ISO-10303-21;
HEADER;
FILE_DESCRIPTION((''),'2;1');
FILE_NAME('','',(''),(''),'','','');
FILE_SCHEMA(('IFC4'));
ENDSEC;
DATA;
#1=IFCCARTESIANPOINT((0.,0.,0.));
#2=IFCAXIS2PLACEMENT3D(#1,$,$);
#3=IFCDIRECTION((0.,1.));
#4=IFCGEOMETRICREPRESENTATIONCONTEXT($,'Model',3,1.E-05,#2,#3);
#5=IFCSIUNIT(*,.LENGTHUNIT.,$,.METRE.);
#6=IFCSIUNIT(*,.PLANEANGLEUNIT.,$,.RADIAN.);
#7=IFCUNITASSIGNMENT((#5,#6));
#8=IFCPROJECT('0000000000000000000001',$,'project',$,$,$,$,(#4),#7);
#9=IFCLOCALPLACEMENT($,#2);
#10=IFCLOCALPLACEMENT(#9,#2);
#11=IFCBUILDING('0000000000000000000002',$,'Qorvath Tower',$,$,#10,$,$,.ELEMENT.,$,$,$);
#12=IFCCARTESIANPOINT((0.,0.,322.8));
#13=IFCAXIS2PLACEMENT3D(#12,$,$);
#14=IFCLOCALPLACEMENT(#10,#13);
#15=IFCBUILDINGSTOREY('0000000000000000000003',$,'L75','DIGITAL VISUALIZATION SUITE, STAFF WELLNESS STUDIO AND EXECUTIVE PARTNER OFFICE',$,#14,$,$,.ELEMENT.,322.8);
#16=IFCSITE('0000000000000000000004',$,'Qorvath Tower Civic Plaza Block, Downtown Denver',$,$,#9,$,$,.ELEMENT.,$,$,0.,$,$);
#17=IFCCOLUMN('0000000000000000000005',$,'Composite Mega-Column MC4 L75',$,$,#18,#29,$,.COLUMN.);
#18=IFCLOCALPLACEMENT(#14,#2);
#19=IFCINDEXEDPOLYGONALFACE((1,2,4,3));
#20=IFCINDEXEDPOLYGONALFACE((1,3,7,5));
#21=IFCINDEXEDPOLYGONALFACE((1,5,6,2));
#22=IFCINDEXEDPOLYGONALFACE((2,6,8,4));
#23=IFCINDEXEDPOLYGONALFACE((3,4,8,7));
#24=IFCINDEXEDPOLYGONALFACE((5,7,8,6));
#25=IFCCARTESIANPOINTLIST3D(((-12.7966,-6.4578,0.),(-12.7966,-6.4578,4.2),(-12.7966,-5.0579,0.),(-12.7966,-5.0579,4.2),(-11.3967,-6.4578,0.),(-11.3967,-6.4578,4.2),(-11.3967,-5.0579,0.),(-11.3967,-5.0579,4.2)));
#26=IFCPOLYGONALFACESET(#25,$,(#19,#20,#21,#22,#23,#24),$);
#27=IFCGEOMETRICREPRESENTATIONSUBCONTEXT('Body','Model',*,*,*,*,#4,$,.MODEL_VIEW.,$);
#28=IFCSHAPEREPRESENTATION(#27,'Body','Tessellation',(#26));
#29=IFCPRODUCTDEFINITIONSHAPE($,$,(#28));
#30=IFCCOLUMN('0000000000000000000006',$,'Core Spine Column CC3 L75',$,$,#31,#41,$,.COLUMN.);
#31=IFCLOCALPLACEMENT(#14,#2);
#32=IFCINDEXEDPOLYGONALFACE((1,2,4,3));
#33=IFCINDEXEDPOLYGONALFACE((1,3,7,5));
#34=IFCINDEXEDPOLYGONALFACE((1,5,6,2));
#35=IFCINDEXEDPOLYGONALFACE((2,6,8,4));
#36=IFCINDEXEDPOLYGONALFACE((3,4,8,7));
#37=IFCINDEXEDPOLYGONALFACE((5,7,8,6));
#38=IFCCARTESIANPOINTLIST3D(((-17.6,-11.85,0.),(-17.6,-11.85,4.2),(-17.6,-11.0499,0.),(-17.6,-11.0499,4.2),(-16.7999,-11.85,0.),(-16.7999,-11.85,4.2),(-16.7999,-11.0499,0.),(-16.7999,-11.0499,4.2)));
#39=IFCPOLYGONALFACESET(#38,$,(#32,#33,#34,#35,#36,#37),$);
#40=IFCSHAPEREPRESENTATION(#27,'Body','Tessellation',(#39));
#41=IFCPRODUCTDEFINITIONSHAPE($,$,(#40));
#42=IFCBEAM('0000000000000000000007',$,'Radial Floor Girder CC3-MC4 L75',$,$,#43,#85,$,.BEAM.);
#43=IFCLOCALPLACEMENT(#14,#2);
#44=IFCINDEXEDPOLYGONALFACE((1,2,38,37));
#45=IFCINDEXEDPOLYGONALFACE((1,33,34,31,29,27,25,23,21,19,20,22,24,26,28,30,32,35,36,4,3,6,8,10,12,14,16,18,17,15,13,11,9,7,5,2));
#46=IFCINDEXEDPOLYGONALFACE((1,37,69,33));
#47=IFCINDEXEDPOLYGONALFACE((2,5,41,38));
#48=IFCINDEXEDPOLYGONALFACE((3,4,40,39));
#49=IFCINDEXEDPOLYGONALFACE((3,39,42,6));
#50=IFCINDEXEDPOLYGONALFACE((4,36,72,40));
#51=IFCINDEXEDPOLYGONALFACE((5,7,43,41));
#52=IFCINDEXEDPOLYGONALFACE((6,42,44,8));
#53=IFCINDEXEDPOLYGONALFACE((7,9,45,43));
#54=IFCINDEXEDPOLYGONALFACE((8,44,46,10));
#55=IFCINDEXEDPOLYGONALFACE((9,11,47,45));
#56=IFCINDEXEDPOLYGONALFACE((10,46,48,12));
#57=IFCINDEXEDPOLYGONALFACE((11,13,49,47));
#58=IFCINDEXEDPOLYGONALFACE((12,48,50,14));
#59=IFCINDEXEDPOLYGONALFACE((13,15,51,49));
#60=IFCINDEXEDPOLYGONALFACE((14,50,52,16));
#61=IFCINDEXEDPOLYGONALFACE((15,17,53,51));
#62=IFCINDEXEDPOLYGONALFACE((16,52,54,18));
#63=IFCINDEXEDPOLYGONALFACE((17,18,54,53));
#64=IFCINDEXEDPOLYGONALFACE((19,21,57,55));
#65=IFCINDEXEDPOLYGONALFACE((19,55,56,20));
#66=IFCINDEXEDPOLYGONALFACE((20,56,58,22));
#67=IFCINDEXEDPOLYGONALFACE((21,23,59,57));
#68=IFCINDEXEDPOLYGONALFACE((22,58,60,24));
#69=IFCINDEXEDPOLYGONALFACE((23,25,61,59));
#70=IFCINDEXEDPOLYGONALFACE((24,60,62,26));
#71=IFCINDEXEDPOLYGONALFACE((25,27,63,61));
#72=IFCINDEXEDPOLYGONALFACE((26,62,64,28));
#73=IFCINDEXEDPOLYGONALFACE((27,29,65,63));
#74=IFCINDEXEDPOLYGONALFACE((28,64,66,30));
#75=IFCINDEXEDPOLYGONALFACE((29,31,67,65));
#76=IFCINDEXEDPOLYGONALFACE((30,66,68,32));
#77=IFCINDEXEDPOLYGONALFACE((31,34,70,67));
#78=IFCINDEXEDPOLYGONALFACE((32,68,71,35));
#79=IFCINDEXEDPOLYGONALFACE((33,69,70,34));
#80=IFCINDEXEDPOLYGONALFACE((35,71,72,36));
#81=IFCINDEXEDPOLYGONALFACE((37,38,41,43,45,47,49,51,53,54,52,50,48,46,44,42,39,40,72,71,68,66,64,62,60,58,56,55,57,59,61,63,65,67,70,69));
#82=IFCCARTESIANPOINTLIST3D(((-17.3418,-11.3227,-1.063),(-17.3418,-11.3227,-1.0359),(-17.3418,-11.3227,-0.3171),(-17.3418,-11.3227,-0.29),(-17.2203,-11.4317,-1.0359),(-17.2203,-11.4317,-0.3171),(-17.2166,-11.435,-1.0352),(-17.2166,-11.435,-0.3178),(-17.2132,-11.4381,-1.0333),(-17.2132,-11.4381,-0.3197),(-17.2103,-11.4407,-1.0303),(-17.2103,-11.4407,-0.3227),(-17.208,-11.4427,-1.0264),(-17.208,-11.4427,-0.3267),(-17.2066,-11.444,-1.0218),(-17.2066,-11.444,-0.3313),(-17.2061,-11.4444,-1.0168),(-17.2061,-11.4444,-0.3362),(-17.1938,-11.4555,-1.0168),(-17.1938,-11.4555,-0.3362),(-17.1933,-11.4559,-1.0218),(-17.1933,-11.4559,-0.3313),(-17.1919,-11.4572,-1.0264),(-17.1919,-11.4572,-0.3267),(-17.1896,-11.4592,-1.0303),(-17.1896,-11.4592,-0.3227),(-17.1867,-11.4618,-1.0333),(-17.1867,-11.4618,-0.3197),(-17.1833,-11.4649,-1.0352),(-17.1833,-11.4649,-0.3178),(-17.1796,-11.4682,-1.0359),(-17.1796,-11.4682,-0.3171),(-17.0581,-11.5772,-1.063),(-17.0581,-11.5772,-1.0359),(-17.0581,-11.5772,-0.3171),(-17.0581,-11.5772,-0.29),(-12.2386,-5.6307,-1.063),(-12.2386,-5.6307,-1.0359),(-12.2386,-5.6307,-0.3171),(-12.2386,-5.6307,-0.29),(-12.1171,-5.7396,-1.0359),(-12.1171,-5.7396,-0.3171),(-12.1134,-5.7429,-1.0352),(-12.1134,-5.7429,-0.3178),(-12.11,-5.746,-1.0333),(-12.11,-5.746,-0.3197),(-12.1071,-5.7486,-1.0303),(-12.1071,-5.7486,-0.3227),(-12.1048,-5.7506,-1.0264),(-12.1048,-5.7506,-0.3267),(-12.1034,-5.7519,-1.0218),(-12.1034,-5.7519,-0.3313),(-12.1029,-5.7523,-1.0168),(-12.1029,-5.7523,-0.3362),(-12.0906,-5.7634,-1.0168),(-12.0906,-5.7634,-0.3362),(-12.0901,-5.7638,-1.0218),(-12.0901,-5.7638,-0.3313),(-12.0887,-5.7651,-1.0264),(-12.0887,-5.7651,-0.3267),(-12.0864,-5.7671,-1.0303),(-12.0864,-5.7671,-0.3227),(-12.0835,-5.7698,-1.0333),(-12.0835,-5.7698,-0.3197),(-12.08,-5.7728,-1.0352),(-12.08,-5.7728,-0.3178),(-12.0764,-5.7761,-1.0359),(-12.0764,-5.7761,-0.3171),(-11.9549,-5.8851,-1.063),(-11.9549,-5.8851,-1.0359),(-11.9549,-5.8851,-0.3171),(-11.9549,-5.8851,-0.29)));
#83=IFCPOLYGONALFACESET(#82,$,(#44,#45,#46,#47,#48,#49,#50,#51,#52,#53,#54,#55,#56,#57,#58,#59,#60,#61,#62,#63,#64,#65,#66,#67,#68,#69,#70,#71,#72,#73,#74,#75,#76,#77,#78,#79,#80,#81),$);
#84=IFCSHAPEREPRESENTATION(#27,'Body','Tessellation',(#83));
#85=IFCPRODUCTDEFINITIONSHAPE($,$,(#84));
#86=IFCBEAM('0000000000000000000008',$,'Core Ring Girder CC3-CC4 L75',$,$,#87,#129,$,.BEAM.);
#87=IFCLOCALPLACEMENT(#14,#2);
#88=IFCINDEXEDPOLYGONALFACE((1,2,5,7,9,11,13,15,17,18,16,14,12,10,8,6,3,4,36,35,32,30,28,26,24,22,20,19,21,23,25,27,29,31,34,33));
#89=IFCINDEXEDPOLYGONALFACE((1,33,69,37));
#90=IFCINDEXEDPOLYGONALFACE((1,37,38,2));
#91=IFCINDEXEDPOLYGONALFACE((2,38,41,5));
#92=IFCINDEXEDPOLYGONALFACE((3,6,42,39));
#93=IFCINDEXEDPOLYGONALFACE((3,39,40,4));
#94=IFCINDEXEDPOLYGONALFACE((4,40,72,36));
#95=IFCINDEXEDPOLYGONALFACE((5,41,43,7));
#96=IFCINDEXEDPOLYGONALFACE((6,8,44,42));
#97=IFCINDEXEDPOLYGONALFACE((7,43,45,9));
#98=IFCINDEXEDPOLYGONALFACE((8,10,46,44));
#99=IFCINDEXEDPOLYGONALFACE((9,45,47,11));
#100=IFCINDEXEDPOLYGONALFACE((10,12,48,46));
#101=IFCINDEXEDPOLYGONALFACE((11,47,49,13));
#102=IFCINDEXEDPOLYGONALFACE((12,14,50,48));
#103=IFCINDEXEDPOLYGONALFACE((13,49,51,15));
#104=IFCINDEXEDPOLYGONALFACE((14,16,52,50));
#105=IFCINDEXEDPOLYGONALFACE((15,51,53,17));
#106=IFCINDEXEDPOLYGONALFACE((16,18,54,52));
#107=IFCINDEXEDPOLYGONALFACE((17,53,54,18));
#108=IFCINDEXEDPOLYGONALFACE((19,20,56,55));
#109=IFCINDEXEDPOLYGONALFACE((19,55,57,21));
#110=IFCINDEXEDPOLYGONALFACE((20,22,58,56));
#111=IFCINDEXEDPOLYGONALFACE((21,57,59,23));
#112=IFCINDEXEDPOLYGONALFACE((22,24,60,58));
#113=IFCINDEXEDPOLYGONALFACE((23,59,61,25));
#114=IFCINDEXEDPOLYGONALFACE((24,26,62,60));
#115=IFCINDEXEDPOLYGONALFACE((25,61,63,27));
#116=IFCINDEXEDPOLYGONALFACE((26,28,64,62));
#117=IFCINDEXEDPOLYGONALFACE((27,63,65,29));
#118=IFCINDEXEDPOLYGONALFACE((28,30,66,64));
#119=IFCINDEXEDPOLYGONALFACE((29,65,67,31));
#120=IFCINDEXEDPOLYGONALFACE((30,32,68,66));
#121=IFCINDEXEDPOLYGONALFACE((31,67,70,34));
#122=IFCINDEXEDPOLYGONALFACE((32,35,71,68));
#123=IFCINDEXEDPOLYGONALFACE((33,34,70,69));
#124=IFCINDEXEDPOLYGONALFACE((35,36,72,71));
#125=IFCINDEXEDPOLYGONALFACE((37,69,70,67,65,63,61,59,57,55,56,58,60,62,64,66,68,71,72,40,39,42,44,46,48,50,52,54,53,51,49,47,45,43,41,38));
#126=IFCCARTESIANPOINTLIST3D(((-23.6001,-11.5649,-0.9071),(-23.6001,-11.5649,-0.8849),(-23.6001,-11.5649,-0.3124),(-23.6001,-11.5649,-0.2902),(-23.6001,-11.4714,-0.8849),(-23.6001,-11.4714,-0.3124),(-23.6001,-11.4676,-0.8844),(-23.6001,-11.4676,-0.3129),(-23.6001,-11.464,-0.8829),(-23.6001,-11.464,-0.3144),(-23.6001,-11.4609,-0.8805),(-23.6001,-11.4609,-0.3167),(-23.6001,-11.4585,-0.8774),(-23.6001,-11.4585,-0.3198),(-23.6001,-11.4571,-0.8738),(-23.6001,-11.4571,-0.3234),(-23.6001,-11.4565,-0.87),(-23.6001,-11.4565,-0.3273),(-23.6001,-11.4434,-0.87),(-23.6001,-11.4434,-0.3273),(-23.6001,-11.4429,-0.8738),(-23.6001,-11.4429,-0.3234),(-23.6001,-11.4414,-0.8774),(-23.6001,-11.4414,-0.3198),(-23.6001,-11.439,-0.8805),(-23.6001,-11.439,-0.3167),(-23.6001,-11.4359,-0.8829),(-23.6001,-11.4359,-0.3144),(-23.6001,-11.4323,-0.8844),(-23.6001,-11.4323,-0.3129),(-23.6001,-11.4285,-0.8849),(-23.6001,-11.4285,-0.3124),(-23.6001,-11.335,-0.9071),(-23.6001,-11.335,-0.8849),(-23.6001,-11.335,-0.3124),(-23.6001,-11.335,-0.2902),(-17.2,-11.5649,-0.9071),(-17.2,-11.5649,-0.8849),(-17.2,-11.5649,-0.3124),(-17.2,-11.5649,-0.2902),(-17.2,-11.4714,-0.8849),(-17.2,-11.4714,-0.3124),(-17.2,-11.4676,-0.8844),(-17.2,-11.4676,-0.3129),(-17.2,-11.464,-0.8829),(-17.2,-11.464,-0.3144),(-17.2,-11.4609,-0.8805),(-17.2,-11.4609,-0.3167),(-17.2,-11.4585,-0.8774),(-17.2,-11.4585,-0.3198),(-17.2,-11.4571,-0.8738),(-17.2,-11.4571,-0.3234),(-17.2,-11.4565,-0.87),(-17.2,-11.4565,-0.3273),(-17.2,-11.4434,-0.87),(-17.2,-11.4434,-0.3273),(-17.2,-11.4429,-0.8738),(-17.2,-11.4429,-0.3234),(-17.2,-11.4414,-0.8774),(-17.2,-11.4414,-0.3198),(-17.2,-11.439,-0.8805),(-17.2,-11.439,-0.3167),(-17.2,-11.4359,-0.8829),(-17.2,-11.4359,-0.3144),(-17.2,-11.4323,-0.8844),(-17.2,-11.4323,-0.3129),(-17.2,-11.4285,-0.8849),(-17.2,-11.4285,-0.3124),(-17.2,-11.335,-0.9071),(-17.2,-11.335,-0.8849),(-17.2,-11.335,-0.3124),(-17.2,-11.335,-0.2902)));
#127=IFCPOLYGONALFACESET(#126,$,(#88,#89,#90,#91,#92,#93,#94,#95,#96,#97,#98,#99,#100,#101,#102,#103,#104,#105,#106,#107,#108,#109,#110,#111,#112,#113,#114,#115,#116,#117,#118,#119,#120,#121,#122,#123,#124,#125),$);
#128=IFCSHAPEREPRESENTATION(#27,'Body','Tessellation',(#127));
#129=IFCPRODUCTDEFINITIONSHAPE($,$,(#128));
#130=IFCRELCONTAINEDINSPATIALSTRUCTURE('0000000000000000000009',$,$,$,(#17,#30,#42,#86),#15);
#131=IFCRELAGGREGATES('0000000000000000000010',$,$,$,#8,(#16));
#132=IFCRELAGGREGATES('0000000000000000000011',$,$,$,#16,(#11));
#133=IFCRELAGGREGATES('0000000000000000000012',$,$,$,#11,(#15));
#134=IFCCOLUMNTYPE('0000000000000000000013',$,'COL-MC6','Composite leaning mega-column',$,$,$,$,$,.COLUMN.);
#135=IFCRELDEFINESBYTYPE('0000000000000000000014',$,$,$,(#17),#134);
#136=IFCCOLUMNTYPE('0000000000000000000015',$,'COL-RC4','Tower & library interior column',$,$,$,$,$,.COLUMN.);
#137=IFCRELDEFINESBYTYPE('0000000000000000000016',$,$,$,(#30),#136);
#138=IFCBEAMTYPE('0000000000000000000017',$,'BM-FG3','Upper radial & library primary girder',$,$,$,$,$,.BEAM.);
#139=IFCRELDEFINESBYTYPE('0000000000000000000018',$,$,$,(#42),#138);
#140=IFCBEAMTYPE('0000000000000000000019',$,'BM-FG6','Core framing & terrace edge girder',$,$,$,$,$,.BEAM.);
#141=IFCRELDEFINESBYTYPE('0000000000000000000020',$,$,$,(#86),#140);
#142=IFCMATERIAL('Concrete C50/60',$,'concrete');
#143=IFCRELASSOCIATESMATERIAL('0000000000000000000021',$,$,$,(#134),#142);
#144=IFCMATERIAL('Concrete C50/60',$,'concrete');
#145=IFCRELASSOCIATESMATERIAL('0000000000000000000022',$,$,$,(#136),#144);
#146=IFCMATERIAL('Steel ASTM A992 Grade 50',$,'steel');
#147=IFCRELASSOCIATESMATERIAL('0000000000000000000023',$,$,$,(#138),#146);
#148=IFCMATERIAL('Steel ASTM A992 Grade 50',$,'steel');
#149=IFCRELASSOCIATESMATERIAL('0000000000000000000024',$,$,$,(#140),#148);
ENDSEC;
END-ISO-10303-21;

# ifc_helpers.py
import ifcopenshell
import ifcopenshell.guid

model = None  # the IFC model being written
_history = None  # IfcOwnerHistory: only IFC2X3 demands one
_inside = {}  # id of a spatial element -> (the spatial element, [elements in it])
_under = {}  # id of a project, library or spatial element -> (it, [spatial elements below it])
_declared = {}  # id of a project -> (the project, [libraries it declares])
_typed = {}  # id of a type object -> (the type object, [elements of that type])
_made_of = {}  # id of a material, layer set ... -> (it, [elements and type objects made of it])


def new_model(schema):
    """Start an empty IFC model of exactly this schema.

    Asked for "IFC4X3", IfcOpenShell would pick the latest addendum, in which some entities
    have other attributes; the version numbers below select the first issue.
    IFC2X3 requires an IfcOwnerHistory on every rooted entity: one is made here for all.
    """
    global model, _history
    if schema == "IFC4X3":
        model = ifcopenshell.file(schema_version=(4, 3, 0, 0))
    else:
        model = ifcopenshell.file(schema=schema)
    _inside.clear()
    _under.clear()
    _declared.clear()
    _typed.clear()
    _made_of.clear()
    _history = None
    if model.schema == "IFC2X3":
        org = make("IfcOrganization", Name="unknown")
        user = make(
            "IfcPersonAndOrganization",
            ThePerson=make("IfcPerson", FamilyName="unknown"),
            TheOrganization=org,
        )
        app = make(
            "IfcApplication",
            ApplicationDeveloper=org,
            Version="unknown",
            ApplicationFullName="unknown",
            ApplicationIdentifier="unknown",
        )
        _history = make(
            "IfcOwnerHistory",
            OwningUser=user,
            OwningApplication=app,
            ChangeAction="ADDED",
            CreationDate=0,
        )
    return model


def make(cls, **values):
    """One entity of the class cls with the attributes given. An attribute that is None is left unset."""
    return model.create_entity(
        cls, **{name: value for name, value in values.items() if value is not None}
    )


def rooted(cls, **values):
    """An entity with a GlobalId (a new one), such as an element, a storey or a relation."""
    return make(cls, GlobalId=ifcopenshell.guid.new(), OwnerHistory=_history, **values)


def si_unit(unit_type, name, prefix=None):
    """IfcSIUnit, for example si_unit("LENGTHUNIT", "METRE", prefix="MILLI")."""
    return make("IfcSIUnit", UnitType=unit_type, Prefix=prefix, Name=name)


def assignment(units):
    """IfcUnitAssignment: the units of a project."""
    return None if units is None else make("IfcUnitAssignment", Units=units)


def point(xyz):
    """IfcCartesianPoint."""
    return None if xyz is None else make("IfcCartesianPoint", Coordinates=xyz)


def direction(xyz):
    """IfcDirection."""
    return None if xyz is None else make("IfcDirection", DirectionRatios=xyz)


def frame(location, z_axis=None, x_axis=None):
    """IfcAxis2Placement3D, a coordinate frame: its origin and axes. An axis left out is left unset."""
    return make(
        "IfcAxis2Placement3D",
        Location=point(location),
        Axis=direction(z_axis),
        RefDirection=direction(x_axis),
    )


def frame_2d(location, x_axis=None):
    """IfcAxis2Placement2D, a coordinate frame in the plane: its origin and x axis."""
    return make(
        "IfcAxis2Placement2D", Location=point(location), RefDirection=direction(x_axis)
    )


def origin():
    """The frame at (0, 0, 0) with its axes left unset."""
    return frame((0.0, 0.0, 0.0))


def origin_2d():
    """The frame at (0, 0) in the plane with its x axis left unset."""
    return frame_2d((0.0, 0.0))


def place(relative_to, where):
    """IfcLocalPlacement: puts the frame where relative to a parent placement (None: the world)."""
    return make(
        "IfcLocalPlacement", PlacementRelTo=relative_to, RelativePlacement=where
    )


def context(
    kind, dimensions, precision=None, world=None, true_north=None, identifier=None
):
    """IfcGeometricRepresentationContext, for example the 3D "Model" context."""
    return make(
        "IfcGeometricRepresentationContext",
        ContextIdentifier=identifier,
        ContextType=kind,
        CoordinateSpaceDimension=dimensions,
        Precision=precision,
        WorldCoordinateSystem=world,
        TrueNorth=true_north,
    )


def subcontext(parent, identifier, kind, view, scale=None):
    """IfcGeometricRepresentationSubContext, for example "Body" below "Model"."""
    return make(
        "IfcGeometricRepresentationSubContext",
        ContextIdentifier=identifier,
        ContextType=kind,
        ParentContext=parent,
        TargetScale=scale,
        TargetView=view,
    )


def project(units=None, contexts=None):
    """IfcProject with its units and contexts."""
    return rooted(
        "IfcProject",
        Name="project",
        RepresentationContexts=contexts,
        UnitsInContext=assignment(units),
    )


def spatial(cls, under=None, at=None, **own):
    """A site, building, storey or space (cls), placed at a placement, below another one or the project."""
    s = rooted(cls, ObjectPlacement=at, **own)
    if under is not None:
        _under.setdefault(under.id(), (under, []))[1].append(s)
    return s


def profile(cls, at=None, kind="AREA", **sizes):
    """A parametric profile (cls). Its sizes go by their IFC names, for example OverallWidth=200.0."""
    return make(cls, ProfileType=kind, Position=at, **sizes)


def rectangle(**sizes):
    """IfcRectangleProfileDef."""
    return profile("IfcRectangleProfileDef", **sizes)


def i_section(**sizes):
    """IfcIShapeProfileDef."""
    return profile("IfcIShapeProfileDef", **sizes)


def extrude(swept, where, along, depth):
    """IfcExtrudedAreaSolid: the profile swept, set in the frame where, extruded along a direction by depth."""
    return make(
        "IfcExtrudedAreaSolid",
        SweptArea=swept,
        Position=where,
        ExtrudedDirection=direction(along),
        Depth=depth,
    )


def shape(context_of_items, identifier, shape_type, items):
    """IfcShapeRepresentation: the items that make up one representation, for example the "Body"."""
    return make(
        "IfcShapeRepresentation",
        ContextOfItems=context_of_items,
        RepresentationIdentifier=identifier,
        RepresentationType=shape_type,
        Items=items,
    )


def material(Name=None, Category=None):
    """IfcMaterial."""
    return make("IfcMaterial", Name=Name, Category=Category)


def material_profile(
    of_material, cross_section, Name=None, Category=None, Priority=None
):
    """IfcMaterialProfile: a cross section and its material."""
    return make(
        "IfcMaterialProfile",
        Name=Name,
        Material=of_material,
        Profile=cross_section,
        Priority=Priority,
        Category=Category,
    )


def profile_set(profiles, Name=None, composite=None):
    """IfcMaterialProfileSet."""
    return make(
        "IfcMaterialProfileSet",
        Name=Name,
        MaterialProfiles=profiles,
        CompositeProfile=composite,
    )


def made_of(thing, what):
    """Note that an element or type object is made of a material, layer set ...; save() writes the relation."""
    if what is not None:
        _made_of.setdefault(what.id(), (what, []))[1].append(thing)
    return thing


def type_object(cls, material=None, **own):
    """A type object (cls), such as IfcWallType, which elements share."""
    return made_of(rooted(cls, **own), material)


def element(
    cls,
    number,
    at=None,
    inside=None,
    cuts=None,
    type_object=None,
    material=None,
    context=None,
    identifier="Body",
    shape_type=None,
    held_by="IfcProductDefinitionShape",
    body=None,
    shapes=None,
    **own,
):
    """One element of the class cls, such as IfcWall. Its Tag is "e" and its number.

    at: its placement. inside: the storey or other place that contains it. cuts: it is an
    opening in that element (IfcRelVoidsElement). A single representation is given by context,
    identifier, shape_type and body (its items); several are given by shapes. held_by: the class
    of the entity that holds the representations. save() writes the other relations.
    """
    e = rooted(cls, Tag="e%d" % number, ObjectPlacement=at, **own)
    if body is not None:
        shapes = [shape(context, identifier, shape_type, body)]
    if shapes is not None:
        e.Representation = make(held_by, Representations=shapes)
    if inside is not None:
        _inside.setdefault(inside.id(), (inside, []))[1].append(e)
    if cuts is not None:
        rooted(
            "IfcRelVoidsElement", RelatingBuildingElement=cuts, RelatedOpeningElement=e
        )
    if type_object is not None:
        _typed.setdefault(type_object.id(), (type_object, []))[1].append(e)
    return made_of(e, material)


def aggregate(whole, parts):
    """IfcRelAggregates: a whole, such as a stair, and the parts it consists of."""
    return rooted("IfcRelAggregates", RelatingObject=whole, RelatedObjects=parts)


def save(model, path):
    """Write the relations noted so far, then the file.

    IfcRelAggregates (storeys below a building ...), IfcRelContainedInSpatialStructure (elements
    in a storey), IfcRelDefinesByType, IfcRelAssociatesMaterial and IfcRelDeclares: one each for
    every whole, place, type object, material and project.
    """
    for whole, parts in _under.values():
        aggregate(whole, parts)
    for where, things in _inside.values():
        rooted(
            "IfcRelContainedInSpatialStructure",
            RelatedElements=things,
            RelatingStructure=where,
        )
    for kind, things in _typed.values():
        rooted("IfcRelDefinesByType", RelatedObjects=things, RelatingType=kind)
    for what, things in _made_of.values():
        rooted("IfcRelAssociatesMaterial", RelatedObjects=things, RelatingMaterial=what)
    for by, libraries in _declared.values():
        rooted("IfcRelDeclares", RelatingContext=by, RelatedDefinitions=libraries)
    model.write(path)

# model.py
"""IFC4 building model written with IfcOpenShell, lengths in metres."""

from ifc_helpers import new_model, si_unit, direction, frame, origin, origin_2d, place, context, subcontext, project, spatial, rectangle, i_section, extrude, material, material_profile, profile_set, type_object, element, save


model = new_model("IFC4")

# Units and contexts
model_context = context("Model", 3, precision=1e-05, world=origin(), true_north=direction((0.0, 1.0)))
body_context = subcontext(model_context, "Body", "Model", "MODEL_VIEW")
ifc_project = project(units=[si_unit("LENGTHUNIT", "METRE"), si_unit("PLANEANGLEUNIT", "RADIAN")], contexts=[model_context])

# Site, building, storey
site_placement = place(None, origin())
site = spatial("IfcSite", under=ifc_project, at=site_placement, Name="Qorvath Tower Civic Plaza Block, Downtown Denver", CompositionType="ELEMENT", RefElevation=0.0)
building_placement = place(site_placement, origin())
building = spatial("IfcBuilding", under=site, at=building_placement, Name="Qorvath Tower", CompositionType="ELEMENT")
storey_placement = place(building_placement, frame((0.0, 0.0, 322.8)))
storey = spatial("IfcBuildingStorey", under=building, at=storey_placement, Name="L75", Description="DIGITAL VISUALIZATION SUITE, STAFF WELLNESS STUDIO AND EXECUTIVE PARTNER OFFICE", CompositionType="ELEMENT", Elevation=322.8)

# Columns
ifc_material_1 = material(Name="Concrete C50/60", Category="concrete")
ifc_material_profile_1 = material_profile(ifc_material_1, rectangle(XDim=1.3999, YDim=1.3999, at=origin_2d()), Name="MC 1400x1400")
ifc_profile_set_1 = profile_set([ifc_material_profile_1], Name="Concrete C50/60")
column_type_1 = type_object("IfcColumnType", Name="COL-MC6", Description="Composite leaning mega-column", PredefinedType="COLUMN", material=ifc_profile_set_1)
column_1_placement = place(storey_placement, frame((-12.0967, -5.7578, 0.0), z_axis=(0.0, 0.0, 1.0), x_axis=(1.0, 0.0, 0.0)))
element("IfcColumn", 1, at=column_1_placement, inside=storey, type_object=column_type_1, Name="Composite Mega-Column MC4 L75", PredefinedType="COLUMN", context=body_context, shape_type="SweptSolid", body=[
    extrude(rectangle(XDim=1.3999, YDim=1.3999, at=origin_2d()), origin(), (0.0, 0.0, 1.0), 4.2),
])
ifc_material_2 = material(Name="Concrete C50/60", Category="concrete")
ifc_material_profile_2 = material_profile(ifc_material_2, rectangle(XDim=0.8, YDim=0.8, at=origin_2d()), Name="RC 800x800")
ifc_profile_set_2 = profile_set([ifc_material_profile_2], Name="Concrete C50/60")
column_type_2 = type_object("IfcColumnType", Name="COL-RC4", Description="Tower & library interior column", PredefinedType="COLUMN", material=ifc_profile_set_2)
column_2_placement = place(storey_placement, frame((-17.2, -11.45, 0.0), z_axis=(0.0, 0.0, 1.0), x_axis=(1.0, 0.0, 0.0)))
element("IfcColumn", 2, at=column_2_placement, inside=storey, type_object=column_type_2, Name="Core Spine Column CC3 L75", PredefinedType="COLUMN", context=body_context, shape_type="SweptSolid", body=[
    extrude(rectangle(XDim=0.8, YDim=0.8, at=origin_2d()), origin(), (0.0, 0.0, 1.0), 4.2),
])

# Beams
ifc_material_3 = material(Name="Steel ASTM A992 Grade 50", Category="steel")
ifc_material_profile_3 = material_profile(ifc_material_3, i_section(OverallWidth=0.3811, OverallDepth=0.7729, WebThickness=0.0166, FlangeThickness=0.0271, FilletRadius=0.019, at=origin_2d()), Name="W30x173")
ifc_profile_set_3 = profile_set([ifc_material_profile_3], Name="Steel ASTM A992 Grade 50")
beam_type_1 = type_object("IfcBeamType", Name="BM-FG3", Description="Upper radial & library primary girder", PredefinedType="BEAM", material=ifc_profile_set_3)
beam_1_placement = place(storey_placement, frame((-17.2, -11.45, -0.6765), z_axis=(0.667543, 0.744571, 0.0), x_axis=(-0.744571, 0.667543, 0.0)))
element("IfcBeam", 3, at=beam_1_placement, inside=storey, type_object=beam_type_1, Name="Radial Floor Girder CC3-MC4 L75", PredefinedType="BEAM", context=body_context, shape_type="SweptSolid", body=[
    extrude(i_section(OverallWidth=0.3811, OverallDepth=0.7729, WebThickness=0.0166, FlangeThickness=0.0271, FilletRadius=0.019, at=origin_2d()), origin(), (0.0, 0.0, 1.0), 7.6448),
])
ifc_material_4 = material(Name="Steel ASTM A992 Grade 50", Category="steel")
ifc_material_profile_4 = material_profile(ifc_material_4, i_section(OverallWidth=0.23, OverallDepth=0.6169, WebThickness=0.0132, FlangeThickness=0.0222, FilletRadius=0.0149, at=origin_2d()), Name="W24x94")
ifc_profile_set_4 = profile_set([ifc_material_profile_4], Name="Steel ASTM A992 Grade 50")
beam_type_2 = type_object("IfcBeamType", Name="BM-FG6", Description="Core framing & terrace edge girder", PredefinedType="BEAM", material=ifc_profile_set_4)
beam_2_placement = place(storey_placement, frame((-17.2, -11.45, -0.5986), z_axis=(-1.0, 0.0, 0.0), x_axis=(0.0, -1.0, 0.0)))
element("IfcBeam", 4, at=beam_2_placement, inside=storey, type_object=beam_type_2, Name="Core Ring Girder CC3-CC4 L75", PredefinedType="BEAM", context=body_context, shape_type="SweptSolid", body=[
    extrude(i_section(OverallWidth=0.23, OverallDepth=0.6169, WebThickness=0.0132, FlangeThickness=0.0222, FilletRadius=0.0149, at=origin_2d()), origin(), (0.0, 0.0, 1.0), 6.4001),
])

save(model, "model.ifc")
